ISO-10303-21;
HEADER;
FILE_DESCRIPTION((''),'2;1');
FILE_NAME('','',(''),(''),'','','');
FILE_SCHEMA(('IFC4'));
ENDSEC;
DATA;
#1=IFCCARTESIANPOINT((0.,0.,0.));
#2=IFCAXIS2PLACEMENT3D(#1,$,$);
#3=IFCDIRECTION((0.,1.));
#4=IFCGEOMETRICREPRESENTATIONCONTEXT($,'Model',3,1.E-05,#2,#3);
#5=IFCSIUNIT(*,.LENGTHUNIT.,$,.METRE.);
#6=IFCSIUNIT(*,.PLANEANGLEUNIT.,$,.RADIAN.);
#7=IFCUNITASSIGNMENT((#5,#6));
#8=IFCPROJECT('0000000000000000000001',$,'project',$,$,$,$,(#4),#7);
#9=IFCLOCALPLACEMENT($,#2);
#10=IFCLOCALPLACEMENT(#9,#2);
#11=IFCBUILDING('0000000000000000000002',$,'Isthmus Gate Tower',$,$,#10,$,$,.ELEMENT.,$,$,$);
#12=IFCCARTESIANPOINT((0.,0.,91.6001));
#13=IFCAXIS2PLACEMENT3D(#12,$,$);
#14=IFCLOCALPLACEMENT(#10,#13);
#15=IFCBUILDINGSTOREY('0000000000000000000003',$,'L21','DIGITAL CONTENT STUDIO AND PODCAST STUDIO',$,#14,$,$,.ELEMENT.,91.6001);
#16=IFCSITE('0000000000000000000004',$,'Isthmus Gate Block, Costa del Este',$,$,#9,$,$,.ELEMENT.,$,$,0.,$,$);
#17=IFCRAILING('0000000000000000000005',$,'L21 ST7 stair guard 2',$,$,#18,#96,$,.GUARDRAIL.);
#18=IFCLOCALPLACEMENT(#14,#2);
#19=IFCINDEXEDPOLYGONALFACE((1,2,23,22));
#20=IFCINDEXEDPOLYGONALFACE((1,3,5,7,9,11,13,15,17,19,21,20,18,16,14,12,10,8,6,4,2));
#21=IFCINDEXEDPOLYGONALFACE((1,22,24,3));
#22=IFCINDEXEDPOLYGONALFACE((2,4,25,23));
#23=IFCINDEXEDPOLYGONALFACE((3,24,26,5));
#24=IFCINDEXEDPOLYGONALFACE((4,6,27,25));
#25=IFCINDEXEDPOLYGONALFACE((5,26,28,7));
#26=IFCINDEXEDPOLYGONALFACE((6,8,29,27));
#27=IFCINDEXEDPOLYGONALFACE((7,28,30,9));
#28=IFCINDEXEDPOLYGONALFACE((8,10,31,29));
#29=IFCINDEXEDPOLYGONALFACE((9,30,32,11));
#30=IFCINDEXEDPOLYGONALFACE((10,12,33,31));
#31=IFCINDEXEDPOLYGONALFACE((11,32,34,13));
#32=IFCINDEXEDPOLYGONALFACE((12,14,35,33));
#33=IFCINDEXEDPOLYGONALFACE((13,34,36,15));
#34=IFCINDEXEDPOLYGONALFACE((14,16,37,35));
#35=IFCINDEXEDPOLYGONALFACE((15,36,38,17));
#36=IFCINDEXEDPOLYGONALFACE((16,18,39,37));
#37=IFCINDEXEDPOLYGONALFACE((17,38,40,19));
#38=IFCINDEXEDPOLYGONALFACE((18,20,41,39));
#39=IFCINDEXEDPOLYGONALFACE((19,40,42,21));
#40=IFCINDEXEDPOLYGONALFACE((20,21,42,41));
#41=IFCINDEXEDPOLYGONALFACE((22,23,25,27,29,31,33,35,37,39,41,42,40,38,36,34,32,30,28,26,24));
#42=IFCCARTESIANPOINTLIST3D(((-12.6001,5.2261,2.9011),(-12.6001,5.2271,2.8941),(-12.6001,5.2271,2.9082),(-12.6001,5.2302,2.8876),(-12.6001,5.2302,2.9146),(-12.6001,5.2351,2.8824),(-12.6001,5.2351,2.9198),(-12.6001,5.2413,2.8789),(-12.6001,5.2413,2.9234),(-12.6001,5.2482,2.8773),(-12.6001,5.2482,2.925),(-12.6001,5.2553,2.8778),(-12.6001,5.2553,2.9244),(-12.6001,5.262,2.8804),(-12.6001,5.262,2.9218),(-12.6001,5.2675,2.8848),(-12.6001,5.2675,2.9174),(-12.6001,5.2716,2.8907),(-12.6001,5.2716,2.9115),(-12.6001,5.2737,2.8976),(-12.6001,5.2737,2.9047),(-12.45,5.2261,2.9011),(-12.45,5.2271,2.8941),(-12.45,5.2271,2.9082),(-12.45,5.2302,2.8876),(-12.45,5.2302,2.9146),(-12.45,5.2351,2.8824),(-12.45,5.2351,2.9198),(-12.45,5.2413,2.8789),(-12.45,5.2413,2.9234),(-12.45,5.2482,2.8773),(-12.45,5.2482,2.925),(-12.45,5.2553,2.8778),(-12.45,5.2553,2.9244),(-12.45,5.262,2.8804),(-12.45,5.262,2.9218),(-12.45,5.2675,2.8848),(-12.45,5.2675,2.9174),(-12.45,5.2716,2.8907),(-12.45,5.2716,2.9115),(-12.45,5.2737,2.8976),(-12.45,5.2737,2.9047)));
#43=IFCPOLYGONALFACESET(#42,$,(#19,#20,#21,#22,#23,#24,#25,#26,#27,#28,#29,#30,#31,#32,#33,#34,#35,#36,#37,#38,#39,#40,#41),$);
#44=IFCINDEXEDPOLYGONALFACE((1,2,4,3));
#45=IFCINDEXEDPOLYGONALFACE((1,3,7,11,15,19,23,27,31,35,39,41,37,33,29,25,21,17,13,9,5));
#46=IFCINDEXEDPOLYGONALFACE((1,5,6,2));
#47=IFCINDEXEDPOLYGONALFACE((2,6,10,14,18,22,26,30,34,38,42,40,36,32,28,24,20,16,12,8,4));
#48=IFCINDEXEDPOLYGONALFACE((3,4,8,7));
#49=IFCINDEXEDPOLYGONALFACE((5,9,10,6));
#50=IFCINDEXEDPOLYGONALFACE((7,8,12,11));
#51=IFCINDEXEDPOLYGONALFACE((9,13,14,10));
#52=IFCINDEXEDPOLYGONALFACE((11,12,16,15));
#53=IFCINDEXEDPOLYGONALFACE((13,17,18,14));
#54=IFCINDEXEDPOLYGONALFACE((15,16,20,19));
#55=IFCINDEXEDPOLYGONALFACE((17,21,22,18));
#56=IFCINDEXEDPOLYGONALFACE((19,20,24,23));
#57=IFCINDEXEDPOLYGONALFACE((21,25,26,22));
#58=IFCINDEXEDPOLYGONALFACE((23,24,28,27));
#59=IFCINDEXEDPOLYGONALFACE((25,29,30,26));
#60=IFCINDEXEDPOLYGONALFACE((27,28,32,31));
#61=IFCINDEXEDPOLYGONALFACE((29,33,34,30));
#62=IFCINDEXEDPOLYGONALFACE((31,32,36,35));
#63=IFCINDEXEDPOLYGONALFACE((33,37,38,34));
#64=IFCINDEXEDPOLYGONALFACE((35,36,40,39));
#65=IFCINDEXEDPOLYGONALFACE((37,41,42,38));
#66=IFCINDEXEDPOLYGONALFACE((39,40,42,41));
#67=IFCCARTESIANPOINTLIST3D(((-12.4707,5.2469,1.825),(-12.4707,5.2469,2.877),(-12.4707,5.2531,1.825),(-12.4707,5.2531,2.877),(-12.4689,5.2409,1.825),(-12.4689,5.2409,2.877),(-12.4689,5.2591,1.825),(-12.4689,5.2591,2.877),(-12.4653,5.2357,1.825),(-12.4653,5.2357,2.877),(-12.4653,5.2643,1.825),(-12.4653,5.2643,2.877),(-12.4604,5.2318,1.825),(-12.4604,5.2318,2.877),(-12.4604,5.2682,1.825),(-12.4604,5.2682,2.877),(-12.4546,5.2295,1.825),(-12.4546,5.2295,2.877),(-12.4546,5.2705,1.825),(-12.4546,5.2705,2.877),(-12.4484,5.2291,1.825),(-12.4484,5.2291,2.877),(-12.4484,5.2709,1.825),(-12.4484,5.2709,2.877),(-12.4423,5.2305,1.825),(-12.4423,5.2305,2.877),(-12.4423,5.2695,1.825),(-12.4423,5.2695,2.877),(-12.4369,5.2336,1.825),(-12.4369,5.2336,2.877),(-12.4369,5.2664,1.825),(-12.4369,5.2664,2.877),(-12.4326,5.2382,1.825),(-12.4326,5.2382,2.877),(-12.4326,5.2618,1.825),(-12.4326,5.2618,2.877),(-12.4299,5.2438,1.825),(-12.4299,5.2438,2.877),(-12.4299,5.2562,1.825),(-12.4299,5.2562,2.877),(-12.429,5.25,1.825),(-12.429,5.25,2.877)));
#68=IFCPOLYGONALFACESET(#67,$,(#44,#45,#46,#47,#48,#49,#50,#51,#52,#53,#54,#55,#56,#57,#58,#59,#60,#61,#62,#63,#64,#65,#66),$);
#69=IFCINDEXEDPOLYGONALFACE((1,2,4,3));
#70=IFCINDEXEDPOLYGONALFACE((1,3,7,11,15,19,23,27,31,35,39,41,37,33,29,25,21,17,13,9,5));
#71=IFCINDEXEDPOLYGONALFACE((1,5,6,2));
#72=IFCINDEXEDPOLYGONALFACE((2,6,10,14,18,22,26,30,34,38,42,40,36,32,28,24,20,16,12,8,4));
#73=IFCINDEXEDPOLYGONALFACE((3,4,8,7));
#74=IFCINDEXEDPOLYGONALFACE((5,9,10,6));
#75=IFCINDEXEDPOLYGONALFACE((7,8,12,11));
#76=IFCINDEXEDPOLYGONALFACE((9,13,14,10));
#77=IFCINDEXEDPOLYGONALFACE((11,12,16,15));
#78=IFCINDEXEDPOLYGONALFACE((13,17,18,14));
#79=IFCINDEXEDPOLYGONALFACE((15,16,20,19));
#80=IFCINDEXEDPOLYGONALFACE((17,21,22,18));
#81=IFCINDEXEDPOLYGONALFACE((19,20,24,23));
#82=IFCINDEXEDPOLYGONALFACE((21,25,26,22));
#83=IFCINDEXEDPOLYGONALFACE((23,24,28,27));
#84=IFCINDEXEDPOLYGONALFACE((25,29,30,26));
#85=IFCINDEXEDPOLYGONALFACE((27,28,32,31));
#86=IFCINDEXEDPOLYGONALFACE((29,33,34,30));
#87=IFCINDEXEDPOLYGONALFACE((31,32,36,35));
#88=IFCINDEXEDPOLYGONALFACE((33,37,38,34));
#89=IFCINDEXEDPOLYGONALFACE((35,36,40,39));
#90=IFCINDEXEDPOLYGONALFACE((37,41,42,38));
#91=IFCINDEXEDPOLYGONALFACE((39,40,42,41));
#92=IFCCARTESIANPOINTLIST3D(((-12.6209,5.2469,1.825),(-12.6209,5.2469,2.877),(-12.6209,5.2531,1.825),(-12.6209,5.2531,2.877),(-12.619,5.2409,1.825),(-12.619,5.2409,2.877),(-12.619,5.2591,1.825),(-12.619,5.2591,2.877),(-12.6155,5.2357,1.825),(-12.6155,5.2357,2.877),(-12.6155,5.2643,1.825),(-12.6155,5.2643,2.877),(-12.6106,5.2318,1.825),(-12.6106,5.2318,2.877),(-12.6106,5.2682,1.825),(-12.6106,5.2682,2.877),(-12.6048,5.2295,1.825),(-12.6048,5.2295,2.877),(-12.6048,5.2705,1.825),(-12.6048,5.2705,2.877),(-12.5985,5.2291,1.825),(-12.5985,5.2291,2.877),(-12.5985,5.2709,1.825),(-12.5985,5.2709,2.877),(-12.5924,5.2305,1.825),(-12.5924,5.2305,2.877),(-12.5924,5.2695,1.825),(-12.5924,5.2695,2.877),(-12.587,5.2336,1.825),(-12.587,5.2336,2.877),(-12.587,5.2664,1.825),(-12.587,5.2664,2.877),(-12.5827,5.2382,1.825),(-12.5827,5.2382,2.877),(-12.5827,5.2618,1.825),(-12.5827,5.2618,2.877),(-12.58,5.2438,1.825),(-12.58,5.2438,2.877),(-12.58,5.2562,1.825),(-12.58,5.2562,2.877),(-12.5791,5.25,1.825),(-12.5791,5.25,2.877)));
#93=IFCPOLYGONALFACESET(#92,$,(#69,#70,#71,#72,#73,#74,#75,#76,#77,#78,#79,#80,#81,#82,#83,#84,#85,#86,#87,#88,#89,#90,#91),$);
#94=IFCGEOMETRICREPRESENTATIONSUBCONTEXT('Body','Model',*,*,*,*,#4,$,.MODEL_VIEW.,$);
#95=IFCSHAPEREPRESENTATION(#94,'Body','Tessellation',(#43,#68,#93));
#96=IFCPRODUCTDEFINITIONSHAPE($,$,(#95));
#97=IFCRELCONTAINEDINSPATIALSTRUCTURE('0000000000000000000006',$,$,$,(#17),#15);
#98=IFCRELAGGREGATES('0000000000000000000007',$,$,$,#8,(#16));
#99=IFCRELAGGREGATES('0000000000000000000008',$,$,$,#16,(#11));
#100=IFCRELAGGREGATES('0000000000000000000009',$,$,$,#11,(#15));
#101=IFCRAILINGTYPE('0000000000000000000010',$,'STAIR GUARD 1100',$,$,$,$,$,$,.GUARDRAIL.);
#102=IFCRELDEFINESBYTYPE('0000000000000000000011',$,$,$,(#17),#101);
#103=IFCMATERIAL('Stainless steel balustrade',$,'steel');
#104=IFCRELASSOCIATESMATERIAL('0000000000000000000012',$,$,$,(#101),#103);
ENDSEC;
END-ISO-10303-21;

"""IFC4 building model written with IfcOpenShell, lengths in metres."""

from ifc_helpers import new_model, si_unit, direction, frame, origin, origin_2d, place, context, subcontext, project, spatial, circle, extrude, material, type_object, element, save


model = new_model("IFC4")

# Units and contexts
model_context = context("Model", 3, precision=1e-05, world=origin(), true_north=direction((0.0, 1.0)))
body_context = subcontext(model_context, "Body", "Model", "MODEL_VIEW")
ifc_project = project(units=[si_unit("LENGTHUNIT", "METRE"), si_unit("PLANEANGLEUNIT", "RADIAN")], contexts=[model_context])

# Site, building, storey
site_placement = place(None, origin())
site = spatial("IfcSite", under=ifc_project, at=site_placement, Name="Isthmus Gate Block, Costa del Este", CompositionType="ELEMENT", RefElevation=0.0)
building_placement = place(site_placement, origin())
building = spatial("IfcBuilding", under=site, at=building_placement, Name="Isthmus Gate Tower", CompositionType="ELEMENT")
storey_placement = place(building_placement, frame((0.0, 0.0, 91.6001)))
storey = spatial("IfcBuildingStorey", under=building, at=storey_placement, Name="L21", Description="DIGITAL CONTENT STUDIO AND PODCAST STUDIO", CompositionType="ELEMENT", Elevation=91.6001)

# Railing
ifc_material_1 = material(Name="Stainless steel balustrade", Category="steel")
railing_type_1 = type_object("IfcRailingType", Name="STAIR GUARD 1100", PredefinedType="GUARDRAIL", material=ifc_material_1)
railing_1_placement = place(storey_placement, frame((-12.45, 5.25, 1.825)))
element("IfcRailing", 1, at=railing_1_placement, inside=storey, type_object=railing_type_1, Name="L21 ST7 stair guard 2", PredefinedType="GUARDRAIL", context=body_context, shape_type="SweptSolid", body=[
    extrude(circle(Radius=0.0239, at=origin_2d()), frame((0.0, 0.0, 1.0762), z_axis=(-1.0, 0.0, 0.0), x_axis=(0.0, -1.0, 0.0)), (0.0, 0.0, 1.0), 0.1501),
    extrude(circle(Radius=0.021, at=origin_2d()), origin(), (0.0, 0.0, 1.0), 1.052),
    extrude(circle(Radius=0.021, at=origin_2d()), frame((-0.1501, 0.0, 0.0)), (0.0, 0.0, 1.0), 1.052),
])

save(model, "model.ifc")
